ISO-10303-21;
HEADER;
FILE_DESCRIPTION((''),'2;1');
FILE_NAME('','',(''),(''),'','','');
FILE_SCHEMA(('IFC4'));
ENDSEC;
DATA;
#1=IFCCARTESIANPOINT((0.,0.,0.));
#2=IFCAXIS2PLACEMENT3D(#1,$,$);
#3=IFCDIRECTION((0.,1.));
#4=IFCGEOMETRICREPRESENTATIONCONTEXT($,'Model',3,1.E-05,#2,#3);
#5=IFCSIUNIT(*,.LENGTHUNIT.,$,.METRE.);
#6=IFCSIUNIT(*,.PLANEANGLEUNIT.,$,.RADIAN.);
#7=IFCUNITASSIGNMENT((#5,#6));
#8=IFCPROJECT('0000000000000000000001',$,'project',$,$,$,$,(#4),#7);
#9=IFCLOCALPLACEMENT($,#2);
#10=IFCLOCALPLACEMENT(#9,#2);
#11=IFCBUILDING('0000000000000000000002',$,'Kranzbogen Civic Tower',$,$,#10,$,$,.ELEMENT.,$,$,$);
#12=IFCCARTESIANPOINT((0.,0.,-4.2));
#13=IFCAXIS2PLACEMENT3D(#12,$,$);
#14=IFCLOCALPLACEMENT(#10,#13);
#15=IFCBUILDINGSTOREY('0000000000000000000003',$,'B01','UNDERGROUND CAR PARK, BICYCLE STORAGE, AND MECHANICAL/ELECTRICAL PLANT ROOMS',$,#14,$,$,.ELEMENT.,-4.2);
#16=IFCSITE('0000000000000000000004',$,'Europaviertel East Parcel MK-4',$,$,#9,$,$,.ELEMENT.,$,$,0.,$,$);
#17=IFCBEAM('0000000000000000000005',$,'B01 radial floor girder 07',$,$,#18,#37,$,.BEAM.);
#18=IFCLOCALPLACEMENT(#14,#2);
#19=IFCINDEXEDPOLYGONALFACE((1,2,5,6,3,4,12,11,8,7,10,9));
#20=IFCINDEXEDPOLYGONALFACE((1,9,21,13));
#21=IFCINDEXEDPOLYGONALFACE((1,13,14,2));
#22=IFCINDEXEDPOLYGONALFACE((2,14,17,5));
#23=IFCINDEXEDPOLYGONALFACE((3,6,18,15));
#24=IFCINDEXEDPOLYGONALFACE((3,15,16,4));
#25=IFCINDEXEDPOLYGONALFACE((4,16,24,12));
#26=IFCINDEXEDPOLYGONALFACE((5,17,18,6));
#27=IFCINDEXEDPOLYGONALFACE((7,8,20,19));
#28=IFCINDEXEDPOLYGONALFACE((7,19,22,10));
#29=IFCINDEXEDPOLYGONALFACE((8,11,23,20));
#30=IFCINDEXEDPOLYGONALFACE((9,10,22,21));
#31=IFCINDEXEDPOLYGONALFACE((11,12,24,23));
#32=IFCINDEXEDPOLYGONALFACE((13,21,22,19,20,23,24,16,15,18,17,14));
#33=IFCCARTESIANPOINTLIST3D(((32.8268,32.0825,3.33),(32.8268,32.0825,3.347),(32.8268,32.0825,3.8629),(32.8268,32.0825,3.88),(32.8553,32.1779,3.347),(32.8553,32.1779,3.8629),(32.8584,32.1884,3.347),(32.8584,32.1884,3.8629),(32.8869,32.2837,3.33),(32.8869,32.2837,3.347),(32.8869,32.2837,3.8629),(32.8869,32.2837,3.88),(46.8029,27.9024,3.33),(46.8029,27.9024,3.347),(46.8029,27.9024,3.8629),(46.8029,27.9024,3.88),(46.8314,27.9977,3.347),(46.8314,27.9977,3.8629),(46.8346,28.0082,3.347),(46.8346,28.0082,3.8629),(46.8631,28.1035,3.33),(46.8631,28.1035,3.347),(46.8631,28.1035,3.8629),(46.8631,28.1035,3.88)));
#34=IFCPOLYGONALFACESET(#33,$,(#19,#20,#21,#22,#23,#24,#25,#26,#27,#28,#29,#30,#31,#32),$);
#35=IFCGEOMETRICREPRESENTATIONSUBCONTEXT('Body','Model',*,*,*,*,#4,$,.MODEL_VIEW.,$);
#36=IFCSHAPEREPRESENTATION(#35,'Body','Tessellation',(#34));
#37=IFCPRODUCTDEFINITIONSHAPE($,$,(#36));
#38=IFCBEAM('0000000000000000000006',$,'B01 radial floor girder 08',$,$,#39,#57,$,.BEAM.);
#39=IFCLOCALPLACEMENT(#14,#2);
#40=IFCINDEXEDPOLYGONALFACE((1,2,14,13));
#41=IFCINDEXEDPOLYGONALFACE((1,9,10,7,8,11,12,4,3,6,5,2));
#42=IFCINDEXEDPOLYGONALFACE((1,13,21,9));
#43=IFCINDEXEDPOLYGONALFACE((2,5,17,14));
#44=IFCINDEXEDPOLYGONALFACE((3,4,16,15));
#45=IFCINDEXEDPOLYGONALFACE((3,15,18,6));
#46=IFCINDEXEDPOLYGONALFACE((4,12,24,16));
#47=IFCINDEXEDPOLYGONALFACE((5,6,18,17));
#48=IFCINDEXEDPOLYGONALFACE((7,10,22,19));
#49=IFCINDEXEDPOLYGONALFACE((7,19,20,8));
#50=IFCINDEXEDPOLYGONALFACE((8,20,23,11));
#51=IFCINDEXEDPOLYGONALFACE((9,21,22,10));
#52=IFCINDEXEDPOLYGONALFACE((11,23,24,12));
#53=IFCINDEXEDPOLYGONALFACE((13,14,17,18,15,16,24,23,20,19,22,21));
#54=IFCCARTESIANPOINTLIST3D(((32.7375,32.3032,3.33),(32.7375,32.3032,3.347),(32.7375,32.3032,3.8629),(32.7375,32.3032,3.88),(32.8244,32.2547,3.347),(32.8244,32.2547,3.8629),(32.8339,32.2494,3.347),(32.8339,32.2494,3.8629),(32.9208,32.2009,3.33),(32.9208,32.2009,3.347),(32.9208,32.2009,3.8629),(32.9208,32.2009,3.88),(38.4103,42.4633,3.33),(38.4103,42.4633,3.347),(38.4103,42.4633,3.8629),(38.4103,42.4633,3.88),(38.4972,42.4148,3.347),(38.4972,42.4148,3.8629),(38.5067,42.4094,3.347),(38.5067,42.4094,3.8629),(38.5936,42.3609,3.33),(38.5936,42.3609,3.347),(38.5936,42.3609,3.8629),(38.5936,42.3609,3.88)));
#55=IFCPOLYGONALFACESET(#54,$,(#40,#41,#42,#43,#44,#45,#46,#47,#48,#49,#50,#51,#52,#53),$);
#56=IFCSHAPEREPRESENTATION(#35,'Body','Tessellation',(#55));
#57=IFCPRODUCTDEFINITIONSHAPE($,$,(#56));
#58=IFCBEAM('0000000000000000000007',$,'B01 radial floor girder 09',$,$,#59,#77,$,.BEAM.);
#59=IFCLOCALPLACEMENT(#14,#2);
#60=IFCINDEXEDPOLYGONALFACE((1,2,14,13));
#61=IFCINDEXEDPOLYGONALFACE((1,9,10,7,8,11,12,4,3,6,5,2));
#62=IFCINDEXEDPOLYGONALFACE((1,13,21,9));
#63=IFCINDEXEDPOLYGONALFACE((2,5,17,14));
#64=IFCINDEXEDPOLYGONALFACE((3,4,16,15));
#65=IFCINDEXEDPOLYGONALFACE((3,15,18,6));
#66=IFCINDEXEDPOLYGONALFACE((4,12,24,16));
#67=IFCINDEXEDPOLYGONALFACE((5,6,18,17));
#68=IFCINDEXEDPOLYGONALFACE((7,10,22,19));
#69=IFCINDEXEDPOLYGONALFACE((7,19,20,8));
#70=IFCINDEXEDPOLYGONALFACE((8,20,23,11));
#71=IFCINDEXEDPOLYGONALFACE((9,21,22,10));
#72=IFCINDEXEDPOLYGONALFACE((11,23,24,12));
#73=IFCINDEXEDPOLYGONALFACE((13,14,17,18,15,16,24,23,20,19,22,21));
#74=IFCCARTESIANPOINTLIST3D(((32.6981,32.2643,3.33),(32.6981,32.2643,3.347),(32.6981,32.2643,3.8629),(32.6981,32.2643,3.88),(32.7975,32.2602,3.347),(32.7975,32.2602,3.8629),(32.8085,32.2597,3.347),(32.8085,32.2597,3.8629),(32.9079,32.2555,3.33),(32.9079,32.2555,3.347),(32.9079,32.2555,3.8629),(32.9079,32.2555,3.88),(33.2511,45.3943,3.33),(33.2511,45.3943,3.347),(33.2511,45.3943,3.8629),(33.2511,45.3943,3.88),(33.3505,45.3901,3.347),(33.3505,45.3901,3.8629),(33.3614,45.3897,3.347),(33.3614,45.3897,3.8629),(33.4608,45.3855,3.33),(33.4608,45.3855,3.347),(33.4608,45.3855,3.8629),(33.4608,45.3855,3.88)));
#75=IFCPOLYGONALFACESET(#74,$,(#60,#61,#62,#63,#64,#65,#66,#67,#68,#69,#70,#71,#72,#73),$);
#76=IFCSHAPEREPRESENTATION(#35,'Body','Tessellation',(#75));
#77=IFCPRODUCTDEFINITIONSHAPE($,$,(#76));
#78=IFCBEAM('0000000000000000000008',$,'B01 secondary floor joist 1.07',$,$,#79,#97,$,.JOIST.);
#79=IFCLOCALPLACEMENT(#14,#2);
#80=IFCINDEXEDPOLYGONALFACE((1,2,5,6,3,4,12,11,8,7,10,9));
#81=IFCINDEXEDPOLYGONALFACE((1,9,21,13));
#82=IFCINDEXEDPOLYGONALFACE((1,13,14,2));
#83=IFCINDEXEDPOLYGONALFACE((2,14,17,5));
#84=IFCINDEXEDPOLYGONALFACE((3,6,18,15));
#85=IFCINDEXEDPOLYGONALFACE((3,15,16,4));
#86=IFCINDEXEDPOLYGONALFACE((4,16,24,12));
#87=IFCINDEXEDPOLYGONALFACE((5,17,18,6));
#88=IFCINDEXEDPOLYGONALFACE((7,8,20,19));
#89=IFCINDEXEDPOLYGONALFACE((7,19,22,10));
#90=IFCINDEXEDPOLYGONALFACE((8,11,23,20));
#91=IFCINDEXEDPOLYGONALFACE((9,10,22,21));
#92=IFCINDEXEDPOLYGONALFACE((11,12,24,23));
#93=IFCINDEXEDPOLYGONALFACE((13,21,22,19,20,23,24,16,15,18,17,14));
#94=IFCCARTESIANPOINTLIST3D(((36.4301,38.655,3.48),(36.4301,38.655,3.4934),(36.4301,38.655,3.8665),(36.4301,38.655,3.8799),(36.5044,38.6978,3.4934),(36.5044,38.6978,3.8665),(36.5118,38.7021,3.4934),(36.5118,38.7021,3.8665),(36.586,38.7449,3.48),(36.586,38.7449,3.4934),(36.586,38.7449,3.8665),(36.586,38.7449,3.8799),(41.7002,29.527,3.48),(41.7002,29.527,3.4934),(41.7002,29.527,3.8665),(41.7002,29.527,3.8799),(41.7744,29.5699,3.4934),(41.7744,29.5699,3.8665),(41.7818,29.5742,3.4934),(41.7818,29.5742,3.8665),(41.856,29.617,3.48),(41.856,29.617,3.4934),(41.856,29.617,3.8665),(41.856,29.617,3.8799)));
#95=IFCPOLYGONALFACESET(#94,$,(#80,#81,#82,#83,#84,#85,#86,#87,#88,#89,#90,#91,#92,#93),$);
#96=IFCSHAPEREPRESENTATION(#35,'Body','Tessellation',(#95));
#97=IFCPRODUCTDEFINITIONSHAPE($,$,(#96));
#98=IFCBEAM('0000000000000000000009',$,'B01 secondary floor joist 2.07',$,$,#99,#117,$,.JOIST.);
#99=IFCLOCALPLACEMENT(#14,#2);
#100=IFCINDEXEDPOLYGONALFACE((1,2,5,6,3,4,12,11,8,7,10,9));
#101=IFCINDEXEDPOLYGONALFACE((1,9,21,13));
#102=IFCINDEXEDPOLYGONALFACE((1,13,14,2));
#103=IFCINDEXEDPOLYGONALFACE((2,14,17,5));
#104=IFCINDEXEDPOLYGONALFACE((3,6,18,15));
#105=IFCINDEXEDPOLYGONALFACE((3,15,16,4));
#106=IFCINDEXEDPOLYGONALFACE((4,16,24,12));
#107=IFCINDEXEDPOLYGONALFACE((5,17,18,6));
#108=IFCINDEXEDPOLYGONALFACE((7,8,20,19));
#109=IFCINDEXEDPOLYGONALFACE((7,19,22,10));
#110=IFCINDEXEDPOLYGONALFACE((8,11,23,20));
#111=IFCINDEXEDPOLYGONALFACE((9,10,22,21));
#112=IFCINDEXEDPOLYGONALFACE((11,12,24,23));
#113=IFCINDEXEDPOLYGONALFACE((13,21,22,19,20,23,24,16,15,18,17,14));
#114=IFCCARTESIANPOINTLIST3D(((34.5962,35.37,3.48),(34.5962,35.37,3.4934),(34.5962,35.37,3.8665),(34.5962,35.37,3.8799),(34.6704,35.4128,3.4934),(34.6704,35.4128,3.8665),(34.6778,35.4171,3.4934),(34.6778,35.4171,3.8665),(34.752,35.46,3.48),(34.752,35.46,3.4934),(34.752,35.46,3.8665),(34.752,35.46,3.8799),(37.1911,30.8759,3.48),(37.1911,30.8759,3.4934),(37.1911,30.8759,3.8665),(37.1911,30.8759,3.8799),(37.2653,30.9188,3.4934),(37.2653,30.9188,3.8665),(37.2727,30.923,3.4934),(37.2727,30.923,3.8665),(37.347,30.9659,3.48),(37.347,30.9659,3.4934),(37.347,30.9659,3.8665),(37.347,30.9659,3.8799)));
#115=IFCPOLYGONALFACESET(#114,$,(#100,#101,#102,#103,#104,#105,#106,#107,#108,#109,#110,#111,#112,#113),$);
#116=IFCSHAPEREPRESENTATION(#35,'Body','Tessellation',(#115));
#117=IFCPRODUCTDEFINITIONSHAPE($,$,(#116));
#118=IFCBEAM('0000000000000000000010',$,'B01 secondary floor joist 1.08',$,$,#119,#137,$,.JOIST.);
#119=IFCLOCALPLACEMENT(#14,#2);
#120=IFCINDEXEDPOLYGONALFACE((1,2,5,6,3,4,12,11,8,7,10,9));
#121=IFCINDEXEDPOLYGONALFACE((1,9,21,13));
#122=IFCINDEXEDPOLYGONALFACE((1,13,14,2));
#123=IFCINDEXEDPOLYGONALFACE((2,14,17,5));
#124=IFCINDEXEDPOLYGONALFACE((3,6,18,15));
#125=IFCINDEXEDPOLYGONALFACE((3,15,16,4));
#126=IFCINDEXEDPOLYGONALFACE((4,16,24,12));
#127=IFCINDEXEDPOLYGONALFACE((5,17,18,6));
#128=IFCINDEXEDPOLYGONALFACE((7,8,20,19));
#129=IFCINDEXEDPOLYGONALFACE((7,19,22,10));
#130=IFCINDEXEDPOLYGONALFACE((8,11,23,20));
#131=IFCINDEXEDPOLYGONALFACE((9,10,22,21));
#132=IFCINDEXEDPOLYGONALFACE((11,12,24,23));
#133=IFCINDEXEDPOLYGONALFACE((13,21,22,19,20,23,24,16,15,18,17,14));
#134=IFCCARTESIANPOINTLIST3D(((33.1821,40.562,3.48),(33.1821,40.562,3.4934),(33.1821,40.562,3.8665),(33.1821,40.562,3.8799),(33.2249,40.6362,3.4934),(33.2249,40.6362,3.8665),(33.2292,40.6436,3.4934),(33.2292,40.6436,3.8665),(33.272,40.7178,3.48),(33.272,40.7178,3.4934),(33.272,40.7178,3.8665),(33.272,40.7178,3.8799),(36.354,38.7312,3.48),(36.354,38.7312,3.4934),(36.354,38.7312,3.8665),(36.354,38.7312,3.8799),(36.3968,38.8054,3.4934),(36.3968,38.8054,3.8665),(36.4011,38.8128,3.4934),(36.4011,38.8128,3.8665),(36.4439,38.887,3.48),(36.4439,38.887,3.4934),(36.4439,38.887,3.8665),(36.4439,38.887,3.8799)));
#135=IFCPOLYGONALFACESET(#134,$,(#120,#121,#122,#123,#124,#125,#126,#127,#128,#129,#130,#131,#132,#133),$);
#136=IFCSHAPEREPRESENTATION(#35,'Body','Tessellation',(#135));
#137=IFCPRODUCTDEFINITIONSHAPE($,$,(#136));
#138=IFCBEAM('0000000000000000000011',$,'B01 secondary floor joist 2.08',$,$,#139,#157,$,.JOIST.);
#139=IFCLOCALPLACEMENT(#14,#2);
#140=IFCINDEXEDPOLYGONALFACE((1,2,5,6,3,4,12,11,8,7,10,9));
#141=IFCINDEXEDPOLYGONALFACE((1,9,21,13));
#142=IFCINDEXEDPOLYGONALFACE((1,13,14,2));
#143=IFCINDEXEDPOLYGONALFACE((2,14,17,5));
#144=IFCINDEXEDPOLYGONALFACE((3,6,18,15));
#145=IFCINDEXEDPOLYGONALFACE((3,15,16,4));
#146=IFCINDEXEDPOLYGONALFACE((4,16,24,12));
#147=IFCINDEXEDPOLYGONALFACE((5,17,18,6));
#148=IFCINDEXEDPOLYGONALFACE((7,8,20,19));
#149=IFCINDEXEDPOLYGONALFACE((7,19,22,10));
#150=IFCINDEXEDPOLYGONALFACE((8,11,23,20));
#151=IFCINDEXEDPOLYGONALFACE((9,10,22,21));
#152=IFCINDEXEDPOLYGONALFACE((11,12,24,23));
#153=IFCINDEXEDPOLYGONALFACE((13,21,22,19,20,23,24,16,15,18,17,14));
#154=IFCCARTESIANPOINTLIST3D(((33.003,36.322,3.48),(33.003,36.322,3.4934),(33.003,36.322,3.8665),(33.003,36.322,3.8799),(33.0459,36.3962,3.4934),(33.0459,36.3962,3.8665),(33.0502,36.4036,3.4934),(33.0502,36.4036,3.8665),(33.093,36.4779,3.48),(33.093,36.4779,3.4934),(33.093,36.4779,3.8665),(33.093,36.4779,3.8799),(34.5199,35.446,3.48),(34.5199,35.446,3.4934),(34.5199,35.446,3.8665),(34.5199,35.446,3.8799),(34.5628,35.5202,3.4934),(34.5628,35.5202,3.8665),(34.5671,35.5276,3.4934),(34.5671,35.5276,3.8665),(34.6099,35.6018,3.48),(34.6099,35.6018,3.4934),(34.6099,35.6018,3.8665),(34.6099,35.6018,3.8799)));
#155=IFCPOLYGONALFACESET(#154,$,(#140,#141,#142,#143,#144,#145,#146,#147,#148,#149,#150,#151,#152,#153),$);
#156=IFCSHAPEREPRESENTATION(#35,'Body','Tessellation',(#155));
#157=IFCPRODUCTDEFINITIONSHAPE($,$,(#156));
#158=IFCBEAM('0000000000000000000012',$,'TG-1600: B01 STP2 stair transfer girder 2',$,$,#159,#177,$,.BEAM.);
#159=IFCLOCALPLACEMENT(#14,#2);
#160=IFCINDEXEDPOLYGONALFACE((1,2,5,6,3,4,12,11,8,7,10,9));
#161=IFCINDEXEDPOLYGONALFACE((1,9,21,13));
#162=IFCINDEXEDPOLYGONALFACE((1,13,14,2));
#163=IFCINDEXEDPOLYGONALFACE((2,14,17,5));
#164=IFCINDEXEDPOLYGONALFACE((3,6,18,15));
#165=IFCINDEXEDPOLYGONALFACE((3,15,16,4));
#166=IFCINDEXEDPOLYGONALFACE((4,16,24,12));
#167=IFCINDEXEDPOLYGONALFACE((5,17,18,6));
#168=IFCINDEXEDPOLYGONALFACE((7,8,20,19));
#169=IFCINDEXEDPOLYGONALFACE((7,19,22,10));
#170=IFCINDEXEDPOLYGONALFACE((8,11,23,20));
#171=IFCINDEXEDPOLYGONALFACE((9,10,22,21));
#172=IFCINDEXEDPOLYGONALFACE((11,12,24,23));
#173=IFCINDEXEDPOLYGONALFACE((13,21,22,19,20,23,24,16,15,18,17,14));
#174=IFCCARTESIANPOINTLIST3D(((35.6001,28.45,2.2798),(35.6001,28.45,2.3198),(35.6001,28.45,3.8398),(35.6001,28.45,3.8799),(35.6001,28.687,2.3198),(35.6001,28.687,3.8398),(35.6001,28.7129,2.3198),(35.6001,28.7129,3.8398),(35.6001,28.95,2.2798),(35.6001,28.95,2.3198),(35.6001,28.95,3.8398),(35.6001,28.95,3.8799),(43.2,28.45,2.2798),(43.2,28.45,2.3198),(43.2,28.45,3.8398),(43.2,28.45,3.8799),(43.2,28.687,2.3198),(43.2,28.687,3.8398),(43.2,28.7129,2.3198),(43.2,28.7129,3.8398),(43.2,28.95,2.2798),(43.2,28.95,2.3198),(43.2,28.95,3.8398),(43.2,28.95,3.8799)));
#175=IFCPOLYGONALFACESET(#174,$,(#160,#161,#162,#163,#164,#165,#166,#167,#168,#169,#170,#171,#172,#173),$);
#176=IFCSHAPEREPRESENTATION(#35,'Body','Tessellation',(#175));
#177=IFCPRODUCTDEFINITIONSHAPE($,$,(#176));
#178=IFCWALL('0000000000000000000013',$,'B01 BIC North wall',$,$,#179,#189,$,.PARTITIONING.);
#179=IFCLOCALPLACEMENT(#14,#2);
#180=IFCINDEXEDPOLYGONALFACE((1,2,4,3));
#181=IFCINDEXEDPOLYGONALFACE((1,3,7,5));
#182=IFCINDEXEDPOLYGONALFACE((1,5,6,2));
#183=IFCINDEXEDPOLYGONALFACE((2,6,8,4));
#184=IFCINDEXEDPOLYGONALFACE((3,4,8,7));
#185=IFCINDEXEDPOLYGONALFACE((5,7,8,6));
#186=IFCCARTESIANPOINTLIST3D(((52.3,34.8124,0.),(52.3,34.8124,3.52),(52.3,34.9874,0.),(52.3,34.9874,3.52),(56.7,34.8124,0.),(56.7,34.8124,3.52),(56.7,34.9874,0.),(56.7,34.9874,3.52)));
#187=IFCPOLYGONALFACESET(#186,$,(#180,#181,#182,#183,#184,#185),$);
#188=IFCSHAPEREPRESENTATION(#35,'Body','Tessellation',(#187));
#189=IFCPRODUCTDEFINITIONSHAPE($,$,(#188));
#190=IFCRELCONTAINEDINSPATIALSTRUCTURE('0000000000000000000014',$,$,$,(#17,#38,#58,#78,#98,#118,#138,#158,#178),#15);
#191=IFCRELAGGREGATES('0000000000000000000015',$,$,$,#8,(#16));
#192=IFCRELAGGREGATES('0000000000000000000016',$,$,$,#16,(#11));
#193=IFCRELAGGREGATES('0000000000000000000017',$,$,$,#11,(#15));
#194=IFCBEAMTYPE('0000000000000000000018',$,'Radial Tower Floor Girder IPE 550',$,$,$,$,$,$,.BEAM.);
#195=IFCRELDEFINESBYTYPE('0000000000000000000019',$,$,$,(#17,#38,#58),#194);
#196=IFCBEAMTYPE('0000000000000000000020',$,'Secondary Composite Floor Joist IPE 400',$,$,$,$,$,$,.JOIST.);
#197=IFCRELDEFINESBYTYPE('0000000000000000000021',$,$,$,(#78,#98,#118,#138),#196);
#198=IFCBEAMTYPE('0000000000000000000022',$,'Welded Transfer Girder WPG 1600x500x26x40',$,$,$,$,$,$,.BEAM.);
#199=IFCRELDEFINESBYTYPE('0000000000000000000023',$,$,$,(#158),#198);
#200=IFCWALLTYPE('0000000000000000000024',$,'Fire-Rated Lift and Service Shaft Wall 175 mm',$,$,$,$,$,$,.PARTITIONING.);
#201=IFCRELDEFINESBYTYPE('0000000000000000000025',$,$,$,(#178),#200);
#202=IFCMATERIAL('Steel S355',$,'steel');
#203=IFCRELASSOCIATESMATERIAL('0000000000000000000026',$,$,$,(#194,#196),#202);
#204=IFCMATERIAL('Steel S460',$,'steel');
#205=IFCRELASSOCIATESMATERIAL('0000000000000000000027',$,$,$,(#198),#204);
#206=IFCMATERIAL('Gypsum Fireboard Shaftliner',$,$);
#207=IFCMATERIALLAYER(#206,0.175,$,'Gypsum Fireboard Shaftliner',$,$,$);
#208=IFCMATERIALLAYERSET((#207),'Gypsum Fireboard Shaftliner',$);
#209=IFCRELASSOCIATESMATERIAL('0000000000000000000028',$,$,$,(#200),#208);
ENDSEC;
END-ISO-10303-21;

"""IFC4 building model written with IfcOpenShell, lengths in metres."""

from ifc_helpers import new_model, si_unit, direction, frame, frame_2d, origin, origin_2d, place, context, subcontext, project, spatial, rectangle, i_section, extrude, material, layer, layer_set, material_profile, profile_set, type_object, element, save


model = new_model("IFC4")

# Units and contexts
model_context = context("Model", 3, precision=1e-05, world=origin(), true_north=direction((0.0, 1.0)))
body_context = subcontext(model_context, "Body", "Model", "MODEL_VIEW")
ifc_project = project(units=[si_unit("LENGTHUNIT", "METRE"), si_unit("PLANEANGLEUNIT", "RADIAN")], contexts=[model_context])

# Site, building, storey
site_placement = place(None, origin())
site = spatial("IfcSite", under=ifc_project, at=site_placement, Name="Europaviertel East Parcel MK-4", CompositionType="ELEMENT", RefElevation=0.0)
building_placement = place(site_placement, origin())
building = spatial("IfcBuilding", under=site, at=building_placement, Name="Kranzbogen Civic Tower", CompositionType="ELEMENT")
storey_placement = place(building_placement, frame((0.0, 0.0, -4.2)))
storey = spatial("IfcBuildingStorey", under=building, at=storey_placement, Name="B01", Description="UNDERGROUND CAR PARK, BICYCLE STORAGE, AND MECHANICAL/ELECTRICAL PLANT ROOMS", CompositionType="ELEMENT", Elevation=-4.2)

# Shared definitions
ifc_material_1 = material(Name="Steel S460", Category="steel")

# Beams
ifc_material_2 = material(Name="Steel S355", Category="steel")
ifc_material_profile_1 = material_profile(ifc_material_2, i_section(OverallWidth=0.21, OverallDepth=0.55, WebThickness=0.011, FlangeThickness=0.0171, at=origin_2d()), Name="IPE 550")
ifc_profile_set_1 = profile_set([ifc_material_profile_1], Name="Steel S355")
beam_type_1 = type_object("IfcBeamType", Name="Radial Tower Floor Girder IPE 550", PredefinedType="BEAM", material=ifc_profile_set_1)
beam_1_placement = place(storey_placement, frame((46.833, 28.0029, 3.605), z_axis=(-0.958065, 0.286552, 0.0), x_axis=(-0.286552, -0.958065, 0.0)))
element("IfcBeam", 1, at=beam_1_placement, inside=storey, type_object=beam_type_1, Name="B01 radial floor girder 07", PredefinedType="BEAM", context=body_context, shape_type="SweptSolid", body=[
    extrude(i_section(OverallWidth=0.21, OverallDepth=0.55, WebThickness=0.011, FlangeThickness=0.0171, at=origin_2d()), origin(), (0.0, 0.0, 1.0), 14.5879),
])
beam_2_placement = place(storey_placement, frame((38.502, 42.4121, 3.605), z_axis=(-0.487502, -0.873122, 0.0), x_axis=(0.873122, -0.487502, 0.0)))
element("IfcBeam", 2, at=beam_2_placement, inside=storey, type_object=beam_type_1, Name="B01 radial floor girder 08", PredefinedType="BEAM", context=body_context, shape_type="SweptSolid", body=[
    extrude(i_section(OverallWidth=0.21, OverallDepth=0.55, WebThickness=0.011, FlangeThickness=0.0171, at=origin_2d()), origin(), (0.0, 0.0, 1.0), 11.6365),
])
beam_3_placement = place(storey_placement, frame((33.356, 45.3899, 3.605), z_axis=(-0.042079, -0.999114, 0.0), x_axis=(0.999114, -0.042079, 0.0)))
element("IfcBeam", 3, at=beam_3_placement, inside=storey, type_object=beam_type_1, Name="B01 radial floor girder 09", PredefinedType="BEAM", context=body_context, shape_type="SweptSolid", body=[
    extrude(i_section(OverallWidth=0.21, OverallDepth=0.55, WebThickness=0.011, FlangeThickness=0.0171, at=origin_2d()), origin(), (0.0, 0.0, 1.0), 13.1416),
])
ifc_material_profile_2 = material_profile(ifc_material_2, i_section(OverallWidth=0.1799, OverallDepth=0.3999, WebThickness=0.0085, FlangeThickness=0.0134, at=origin_2d()), Name="IPE 400")
ifc_profile_set_2 = profile_set([ifc_material_profile_2], Name="Steel S355")
beam_type_2 = type_object("IfcBeamType", Name="Secondary Composite Floor Joist IPE 400", PredefinedType="JOIST", material=ifc_profile_set_2)
beam_4_placement = place(storey_placement, frame((41.7781, 29.572, 3.6799), z_axis=(-0.5, 0.866025, 0.0), x_axis=(-0.866025, -0.5, 0.0)))
element("IfcBeam", 4, at=beam_4_placement, inside=storey, type_object=beam_type_2, Name="B01 secondary floor joist 1.07", PredefinedType="JOIST", context=body_context, shape_type="SweptSolid", body=[
    extrude(i_section(OverallWidth=0.1799, OverallDepth=0.3999, WebThickness=0.0085, FlangeThickness=0.0134, at=origin_2d()), origin(), (0.0, 0.0, 1.0), 10.54),
])
beam_5_placement = place(storey_placement, frame((37.269, 30.9209, 3.6799), z_axis=(-0.50004, 0.866002, 0.0), x_axis=(-0.866002, -0.50004, 0.0)))
element("IfcBeam", 5, at=beam_5_placement, inside=storey, type_object=beam_type_2, Name="B01 secondary floor joist 2.07", PredefinedType="JOIST", context=body_context, shape_type="SweptSolid", body=[
    extrude(i_section(OverallWidth=0.1799, OverallDepth=0.3999, WebThickness=0.0085, FlangeThickness=0.0134, at=origin_2d()), origin(), (0.0, 0.0, 1.0), 5.1895),
])
beam_6_placement = place(storey_placement, frame((36.3989, 38.8091, 3.6799), z_axis=(-0.866081, 0.499903, 0.0), x_axis=(-0.499903, -0.866081, 0.0)))
element("IfcBeam", 6, at=beam_6_placement, inside=storey, type_object=beam_type_2, Name="B01 secondary floor joist 1.08", PredefinedType="JOIST", context=body_context, shape_type="SweptSolid", body=[
    extrude(i_section(OverallWidth=0.1799, OverallDepth=0.3999, WebThickness=0.0085, FlangeThickness=0.0134, at=origin_2d()), origin(), (0.0, 0.0, 1.0), 3.6624),
])
beam_7_placement = place(storey_placement, frame((34.5649, 35.5239, 3.6799), z_axis=(-0.86597, 0.500096, 0.0), x_axis=(-0.500096, -0.86597, 0.0)))
element("IfcBeam", 7, at=beam_7_placement, inside=storey, type_object=beam_type_2, Name="B01 secondary floor joist 2.08", PredefinedType="JOIST", context=body_context, shape_type="SweptSolid", body=[
    extrude(i_section(OverallWidth=0.1799, OverallDepth=0.3999, WebThickness=0.0085, FlangeThickness=0.0134, at=origin_2d()), origin(), (0.0, 0.0, 1.0), 1.7517),
])
ifc_material_profile_3 = material_profile(ifc_material_1, i_section(OverallWidth=0.5, OverallDepth=1.6001, WebThickness=0.0259, FlangeThickness=0.04, at=origin_2d()), Name="WPG 1600x500x26x40")
ifc_profile_set_3 = profile_set([ifc_material_profile_3], Name="Steel S460")
beam_type_3 = type_object("IfcBeamType", Name="Welded Transfer Girder WPG 1600x500x26x40", PredefinedType="BEAM", material=ifc_profile_set_3)
beam_8_placement = place(storey_placement, frame((35.6001, 28.7, 3.0798), z_axis=(1.0, 0.0, 0.0), x_axis=(0.0, 1.0, 0.0)))
element("IfcBeam", 8, at=beam_8_placement, inside=storey, type_object=beam_type_3, Name="TG-1600: B01 STP2 stair transfer girder 2", PredefinedType="BEAM", context=body_context, shape_type="SweptSolid", body=[
    extrude(i_section(OverallWidth=0.5, OverallDepth=1.6001, WebThickness=0.0259, FlangeThickness=0.04, at=origin_2d()), origin(), (0.0, 0.0, 1.0), 7.5999),
])

# Wall
ifc_material_3 = material(Name="Gypsum Fireboard Shaftliner")
ifc_layer = layer(ifc_material_3, 0.175, Name="Gypsum Fireboard Shaftliner")
ifc_layer_set = layer_set([ifc_layer], Name="Gypsum Fireboard Shaftliner")
wall_type = type_object("IfcWallType", Name="Fire-Rated Lift and Service Shaft Wall 175 mm", PredefinedType="PARTITIONING", material=ifc_layer_set)
wall_placement = place(storey_placement, frame((52.3, 34.8999, 0.0), z_axis=(0.0, 0.0, 1.0), x_axis=(1.0, 0.0, 0.0)))
element("IfcWall", 9, at=wall_placement, inside=storey, type_object=wall_type, Name="B01 BIC North wall", PredefinedType="PARTITIONING", context=body_context, shape_type="SweptSolid", body=[
    extrude(rectangle(XDim=4.3999, YDim=0.175, at=frame_2d((2.2, 0.0))), origin(), (0.0, 0.0, 1.0), 3.52),
])

save(model, "model.ifc")
